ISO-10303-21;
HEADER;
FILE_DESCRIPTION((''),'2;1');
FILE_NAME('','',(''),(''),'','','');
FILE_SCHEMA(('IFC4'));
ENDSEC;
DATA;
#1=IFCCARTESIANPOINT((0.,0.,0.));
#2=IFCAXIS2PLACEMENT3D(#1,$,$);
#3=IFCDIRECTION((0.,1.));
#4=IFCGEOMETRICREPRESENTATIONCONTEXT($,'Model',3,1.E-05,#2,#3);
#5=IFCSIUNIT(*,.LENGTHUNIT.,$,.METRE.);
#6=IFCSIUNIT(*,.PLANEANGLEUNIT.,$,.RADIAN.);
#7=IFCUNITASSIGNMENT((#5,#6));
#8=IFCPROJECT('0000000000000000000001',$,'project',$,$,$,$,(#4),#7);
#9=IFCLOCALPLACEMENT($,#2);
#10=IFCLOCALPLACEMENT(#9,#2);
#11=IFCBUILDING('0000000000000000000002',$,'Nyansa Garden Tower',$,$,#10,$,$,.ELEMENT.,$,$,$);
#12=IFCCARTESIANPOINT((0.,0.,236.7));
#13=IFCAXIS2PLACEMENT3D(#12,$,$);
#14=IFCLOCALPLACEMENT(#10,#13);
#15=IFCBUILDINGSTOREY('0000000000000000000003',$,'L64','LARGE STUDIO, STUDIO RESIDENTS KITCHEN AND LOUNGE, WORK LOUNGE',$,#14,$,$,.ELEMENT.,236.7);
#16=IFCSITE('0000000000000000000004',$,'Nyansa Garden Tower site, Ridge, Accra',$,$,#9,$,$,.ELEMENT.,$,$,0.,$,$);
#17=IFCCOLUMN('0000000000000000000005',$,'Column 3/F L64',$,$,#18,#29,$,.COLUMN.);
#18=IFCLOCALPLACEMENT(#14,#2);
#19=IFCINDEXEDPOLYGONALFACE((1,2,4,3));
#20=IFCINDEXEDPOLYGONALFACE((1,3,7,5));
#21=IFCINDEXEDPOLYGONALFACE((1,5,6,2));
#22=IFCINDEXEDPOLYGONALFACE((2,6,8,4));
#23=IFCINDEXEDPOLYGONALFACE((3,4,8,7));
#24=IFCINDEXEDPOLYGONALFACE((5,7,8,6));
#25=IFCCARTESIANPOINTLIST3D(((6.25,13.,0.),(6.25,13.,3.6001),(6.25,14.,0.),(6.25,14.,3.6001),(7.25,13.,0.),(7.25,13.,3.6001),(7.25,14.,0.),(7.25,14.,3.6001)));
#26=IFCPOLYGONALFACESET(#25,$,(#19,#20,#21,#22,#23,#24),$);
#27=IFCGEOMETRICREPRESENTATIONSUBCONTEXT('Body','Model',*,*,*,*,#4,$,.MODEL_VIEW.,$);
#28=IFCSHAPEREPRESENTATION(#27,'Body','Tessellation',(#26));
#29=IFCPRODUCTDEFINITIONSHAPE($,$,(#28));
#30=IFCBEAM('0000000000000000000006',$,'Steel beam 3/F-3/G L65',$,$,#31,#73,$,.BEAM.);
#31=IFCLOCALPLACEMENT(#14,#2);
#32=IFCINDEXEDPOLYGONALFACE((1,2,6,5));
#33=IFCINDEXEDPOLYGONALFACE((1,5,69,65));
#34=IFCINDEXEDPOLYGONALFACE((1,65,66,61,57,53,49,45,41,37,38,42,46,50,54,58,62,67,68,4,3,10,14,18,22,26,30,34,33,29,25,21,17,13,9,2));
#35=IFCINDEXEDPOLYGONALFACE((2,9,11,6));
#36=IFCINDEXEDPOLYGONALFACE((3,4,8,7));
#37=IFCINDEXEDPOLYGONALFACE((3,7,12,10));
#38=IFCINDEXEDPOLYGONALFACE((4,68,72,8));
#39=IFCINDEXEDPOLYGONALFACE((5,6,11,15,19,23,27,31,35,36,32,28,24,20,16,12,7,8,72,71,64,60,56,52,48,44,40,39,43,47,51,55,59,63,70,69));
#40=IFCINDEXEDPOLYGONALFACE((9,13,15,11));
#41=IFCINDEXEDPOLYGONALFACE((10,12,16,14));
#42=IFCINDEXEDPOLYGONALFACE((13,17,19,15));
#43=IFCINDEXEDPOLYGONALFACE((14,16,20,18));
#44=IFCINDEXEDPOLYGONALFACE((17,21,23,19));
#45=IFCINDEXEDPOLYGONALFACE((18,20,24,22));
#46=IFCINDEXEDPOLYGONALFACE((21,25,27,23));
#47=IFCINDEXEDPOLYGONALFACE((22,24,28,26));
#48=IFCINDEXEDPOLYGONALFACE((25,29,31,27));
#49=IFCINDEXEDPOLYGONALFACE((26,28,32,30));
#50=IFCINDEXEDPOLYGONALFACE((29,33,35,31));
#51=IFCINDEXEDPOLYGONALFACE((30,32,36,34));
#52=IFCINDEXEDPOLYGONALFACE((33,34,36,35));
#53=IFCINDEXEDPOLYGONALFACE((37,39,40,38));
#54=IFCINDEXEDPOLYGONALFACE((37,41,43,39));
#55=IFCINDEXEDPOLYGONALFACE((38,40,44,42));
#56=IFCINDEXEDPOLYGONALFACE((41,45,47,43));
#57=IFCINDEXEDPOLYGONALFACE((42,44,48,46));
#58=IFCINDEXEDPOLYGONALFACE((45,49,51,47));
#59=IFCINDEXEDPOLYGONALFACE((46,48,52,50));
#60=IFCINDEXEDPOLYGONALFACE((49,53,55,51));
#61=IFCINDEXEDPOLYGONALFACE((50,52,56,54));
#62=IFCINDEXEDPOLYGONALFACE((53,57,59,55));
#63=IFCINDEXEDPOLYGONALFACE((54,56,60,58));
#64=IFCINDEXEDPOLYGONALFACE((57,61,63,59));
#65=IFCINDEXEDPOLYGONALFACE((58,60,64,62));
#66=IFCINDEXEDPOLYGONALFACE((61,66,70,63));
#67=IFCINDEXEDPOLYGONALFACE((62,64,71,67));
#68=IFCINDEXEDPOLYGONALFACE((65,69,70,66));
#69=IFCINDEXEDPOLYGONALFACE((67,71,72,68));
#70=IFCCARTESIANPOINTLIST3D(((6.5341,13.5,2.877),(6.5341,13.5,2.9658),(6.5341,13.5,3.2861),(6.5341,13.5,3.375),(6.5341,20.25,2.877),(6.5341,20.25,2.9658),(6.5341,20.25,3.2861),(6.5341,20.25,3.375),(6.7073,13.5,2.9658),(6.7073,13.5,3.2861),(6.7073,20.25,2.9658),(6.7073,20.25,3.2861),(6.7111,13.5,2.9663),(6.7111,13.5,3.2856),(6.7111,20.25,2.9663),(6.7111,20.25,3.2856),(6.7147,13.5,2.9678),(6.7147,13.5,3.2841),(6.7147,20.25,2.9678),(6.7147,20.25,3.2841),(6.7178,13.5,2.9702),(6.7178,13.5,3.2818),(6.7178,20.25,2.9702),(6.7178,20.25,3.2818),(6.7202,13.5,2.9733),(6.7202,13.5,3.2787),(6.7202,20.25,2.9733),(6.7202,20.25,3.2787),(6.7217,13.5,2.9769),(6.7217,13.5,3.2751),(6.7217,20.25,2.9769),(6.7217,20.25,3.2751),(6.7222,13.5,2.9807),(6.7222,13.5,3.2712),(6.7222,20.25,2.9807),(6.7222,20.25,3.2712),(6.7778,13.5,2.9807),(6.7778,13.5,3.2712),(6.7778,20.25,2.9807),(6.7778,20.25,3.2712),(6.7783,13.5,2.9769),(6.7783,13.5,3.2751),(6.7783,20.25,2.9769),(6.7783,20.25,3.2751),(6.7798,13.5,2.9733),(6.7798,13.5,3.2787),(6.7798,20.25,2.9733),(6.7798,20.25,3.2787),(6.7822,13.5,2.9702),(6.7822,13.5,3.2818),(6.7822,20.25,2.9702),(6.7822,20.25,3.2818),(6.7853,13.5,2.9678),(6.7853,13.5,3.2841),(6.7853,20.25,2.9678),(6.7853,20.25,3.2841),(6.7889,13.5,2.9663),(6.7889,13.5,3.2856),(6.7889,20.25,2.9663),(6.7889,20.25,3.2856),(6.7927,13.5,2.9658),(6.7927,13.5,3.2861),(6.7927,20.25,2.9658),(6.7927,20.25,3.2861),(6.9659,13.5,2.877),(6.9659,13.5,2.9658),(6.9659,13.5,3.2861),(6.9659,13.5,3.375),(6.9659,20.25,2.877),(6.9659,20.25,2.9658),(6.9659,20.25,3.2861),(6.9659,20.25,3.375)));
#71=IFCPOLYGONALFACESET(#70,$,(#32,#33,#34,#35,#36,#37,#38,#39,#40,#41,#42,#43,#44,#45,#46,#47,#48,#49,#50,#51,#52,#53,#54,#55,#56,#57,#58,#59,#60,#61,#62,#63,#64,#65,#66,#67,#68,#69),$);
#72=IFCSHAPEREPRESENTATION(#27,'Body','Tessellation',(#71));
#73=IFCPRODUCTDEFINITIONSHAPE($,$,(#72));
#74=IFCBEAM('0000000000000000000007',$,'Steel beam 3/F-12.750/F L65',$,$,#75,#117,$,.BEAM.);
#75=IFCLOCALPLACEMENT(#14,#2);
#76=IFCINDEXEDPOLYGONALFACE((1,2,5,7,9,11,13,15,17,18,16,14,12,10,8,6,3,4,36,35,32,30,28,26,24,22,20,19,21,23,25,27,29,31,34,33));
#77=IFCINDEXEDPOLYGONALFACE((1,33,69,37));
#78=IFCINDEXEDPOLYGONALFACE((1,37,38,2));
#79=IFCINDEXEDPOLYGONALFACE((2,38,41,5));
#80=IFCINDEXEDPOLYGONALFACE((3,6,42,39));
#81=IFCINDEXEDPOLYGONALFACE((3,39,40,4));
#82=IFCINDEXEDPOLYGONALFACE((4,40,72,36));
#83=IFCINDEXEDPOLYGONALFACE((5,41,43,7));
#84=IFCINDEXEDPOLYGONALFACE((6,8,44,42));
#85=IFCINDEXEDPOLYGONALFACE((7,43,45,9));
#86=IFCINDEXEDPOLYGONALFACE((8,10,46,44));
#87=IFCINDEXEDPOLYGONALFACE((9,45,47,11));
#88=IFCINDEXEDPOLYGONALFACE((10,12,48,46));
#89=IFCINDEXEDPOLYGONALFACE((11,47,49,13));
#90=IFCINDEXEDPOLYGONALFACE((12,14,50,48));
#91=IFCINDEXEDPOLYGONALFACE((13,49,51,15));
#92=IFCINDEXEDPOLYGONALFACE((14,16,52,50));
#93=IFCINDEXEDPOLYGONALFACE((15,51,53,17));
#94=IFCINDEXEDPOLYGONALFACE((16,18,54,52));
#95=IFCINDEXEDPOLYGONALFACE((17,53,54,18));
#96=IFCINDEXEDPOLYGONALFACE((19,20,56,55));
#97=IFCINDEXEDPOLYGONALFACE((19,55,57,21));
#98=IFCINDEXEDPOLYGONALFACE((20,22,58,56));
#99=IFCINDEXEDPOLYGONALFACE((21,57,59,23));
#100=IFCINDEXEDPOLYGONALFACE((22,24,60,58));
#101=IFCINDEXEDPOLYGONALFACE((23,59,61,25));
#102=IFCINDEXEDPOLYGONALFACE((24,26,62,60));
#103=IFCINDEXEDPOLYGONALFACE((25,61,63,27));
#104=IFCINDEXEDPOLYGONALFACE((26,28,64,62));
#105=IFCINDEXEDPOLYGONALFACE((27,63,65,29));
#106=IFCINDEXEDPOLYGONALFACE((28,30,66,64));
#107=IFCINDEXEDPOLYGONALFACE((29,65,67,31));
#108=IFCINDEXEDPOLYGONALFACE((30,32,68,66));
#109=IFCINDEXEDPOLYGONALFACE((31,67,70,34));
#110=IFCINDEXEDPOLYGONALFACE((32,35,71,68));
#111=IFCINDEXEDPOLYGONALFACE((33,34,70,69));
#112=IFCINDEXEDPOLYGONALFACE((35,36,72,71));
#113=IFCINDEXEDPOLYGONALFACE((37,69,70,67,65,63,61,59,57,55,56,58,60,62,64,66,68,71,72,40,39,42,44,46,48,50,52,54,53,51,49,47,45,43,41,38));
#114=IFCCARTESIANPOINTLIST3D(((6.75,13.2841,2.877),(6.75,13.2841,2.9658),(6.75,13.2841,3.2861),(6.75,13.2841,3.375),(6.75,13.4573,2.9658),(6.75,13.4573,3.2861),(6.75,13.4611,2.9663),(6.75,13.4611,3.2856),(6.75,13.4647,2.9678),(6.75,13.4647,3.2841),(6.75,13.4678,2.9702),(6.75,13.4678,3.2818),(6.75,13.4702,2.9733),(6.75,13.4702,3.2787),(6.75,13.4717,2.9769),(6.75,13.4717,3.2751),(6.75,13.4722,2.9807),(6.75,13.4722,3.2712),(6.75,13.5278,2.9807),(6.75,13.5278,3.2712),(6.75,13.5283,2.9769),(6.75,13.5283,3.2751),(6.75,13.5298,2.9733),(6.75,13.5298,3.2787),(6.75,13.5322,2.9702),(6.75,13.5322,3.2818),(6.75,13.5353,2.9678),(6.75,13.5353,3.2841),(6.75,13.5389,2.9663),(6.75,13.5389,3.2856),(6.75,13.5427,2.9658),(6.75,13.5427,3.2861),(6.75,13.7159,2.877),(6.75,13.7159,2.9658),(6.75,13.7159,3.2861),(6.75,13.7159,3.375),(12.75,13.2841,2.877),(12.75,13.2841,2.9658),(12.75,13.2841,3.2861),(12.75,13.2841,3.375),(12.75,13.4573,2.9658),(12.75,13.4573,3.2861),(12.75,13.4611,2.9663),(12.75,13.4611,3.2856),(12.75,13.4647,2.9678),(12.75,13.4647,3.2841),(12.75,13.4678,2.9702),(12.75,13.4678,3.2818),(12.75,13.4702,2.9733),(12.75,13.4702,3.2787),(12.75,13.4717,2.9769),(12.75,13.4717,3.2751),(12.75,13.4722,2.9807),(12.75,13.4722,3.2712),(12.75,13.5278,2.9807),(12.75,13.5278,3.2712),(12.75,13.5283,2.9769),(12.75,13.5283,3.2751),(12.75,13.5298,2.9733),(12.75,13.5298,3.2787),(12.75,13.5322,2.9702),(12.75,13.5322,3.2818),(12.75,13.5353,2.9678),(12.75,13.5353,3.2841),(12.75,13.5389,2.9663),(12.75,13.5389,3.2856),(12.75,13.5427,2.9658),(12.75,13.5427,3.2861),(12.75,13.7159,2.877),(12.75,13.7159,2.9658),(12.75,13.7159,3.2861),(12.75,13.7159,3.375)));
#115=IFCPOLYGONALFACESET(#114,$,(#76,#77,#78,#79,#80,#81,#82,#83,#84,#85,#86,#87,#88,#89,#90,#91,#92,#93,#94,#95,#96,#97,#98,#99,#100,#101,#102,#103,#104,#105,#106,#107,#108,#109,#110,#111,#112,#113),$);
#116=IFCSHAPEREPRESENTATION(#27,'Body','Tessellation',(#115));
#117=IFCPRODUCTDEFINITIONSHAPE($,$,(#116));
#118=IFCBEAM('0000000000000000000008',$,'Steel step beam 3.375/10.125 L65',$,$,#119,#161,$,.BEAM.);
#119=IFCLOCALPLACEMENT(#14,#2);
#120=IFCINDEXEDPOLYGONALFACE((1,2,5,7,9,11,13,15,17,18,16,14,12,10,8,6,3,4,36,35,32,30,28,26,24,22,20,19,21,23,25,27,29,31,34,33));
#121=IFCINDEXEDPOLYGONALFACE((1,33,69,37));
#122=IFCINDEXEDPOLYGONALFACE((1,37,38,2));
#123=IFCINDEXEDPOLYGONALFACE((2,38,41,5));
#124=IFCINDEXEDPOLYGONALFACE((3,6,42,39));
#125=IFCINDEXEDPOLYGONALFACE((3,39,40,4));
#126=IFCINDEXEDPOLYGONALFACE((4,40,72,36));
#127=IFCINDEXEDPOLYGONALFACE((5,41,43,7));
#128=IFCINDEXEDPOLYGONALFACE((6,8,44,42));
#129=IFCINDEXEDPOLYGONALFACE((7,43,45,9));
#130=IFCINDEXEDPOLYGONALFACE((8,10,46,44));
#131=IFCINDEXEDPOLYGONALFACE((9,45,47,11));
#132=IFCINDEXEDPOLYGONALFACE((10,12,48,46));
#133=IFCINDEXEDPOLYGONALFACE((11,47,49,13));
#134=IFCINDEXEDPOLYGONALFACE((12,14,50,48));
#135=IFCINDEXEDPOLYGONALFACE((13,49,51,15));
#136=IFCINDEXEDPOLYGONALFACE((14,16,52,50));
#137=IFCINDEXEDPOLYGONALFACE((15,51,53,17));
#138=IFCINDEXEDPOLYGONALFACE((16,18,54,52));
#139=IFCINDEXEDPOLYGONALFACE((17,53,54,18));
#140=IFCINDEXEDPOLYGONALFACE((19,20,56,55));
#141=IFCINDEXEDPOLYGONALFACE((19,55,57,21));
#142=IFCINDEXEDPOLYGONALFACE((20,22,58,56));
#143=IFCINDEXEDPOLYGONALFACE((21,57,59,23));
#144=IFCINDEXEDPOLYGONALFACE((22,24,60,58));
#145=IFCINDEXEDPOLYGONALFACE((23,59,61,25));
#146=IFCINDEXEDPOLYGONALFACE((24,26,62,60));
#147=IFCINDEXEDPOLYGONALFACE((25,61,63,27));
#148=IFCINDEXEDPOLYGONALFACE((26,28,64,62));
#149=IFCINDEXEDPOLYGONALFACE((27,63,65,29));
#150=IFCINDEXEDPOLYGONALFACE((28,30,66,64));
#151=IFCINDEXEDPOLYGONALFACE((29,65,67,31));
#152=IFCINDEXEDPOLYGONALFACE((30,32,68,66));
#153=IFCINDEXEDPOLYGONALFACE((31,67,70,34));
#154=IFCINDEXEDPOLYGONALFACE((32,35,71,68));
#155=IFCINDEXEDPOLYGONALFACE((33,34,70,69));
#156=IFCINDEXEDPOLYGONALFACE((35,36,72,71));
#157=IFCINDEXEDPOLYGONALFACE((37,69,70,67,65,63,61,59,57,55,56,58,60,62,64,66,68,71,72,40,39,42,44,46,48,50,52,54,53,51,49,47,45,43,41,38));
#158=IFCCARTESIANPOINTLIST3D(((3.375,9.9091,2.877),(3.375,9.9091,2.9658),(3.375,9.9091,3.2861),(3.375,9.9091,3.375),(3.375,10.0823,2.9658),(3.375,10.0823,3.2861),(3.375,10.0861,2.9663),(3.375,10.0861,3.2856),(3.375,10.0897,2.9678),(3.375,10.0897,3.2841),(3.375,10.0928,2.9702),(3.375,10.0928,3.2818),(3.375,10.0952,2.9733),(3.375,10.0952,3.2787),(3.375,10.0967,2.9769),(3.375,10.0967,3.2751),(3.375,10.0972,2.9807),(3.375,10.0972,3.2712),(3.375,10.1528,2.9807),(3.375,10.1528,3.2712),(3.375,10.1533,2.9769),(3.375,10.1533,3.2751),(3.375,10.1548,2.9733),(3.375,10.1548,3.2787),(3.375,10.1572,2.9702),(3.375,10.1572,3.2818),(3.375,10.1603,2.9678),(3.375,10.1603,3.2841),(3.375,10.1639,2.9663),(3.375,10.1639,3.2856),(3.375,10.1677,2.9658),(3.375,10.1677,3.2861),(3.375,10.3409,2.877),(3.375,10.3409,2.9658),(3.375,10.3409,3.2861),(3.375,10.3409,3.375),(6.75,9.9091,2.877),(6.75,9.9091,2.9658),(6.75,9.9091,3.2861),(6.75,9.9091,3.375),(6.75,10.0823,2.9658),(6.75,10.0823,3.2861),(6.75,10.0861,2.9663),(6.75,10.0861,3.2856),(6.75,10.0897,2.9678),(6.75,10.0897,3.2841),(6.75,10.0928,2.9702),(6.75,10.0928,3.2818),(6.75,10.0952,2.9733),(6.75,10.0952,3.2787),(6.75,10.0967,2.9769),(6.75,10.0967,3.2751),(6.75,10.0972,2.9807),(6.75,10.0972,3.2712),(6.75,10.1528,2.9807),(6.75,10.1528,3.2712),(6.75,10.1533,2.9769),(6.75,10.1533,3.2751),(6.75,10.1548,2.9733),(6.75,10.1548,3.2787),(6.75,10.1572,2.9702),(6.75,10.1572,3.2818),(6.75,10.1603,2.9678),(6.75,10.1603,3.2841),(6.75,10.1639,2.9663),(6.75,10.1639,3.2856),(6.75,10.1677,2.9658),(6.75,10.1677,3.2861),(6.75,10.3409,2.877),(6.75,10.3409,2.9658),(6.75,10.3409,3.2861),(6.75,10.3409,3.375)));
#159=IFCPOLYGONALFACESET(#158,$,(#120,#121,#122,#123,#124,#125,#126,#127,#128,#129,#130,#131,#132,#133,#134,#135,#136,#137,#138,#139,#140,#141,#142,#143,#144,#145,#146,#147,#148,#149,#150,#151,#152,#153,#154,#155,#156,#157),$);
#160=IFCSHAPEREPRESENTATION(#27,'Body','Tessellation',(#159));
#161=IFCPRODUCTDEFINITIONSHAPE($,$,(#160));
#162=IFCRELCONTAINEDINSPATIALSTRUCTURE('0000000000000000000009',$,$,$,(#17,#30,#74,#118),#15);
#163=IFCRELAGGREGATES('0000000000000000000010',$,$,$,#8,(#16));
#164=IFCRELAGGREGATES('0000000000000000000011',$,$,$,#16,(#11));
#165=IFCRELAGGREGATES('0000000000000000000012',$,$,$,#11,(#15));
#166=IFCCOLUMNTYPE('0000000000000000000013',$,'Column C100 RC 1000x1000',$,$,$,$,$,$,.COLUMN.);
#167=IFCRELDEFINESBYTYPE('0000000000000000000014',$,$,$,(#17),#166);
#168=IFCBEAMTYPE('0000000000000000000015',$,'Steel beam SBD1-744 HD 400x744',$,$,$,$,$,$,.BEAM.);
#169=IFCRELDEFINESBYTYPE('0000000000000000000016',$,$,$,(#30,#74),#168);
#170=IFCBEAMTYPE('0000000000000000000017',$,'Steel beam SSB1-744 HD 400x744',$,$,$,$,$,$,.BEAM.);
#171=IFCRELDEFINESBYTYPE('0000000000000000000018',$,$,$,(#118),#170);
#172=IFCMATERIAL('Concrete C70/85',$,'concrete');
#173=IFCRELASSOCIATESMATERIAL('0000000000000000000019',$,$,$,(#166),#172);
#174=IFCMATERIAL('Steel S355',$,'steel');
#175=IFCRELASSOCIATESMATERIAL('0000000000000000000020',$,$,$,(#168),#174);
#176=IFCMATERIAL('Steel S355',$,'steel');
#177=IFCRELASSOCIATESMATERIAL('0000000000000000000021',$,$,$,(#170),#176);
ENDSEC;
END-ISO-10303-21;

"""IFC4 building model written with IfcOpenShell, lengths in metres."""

from ifc_helpers import new_model, si_unit, direction, frame, origin, origin_2d, place, context, subcontext, project, spatial, rectangle, i_section, extrude, material, material_profile, profile_set, type_object, element, save


model = new_model("IFC4")

# Units and contexts
model_context = context("Model", 3, precision=1e-05, world=origin(), true_north=direction((0.0, 1.0)))
body_context = subcontext(model_context, "Body", "Model", "MODEL_VIEW")
ifc_project = project(units=[si_unit("LENGTHUNIT", "METRE"), si_unit("PLANEANGLEUNIT", "RADIAN")], contexts=[model_context])

# Site, building, storey
site_placement = place(None, origin())
site = spatial("IfcSite", under=ifc_project, at=site_placement, Name="Nyansa Garden Tower site, Ridge, Accra", CompositionType="ELEMENT", RefElevation=0.0)
building_placement = place(site_placement, origin())
building = spatial("IfcBuilding", under=site, at=building_placement, Name="Nyansa Garden Tower", CompositionType="ELEMENT")
storey_placement = place(building_placement, frame((0.0, 0.0, 236.7)))
storey = spatial("IfcBuildingStorey", under=building, at=storey_placement, Name="L64", Description="LARGE STUDIO, STUDIO RESIDENTS KITCHEN AND LOUNGE, WORK LOUNGE", CompositionType="ELEMENT", Elevation=236.7)

# Column
ifc_material_1 = material(Name="Concrete C70/85", Category="concrete")
ifc_material_profile_1 = material_profile(ifc_material_1, rectangle(XDim=1.0, YDim=1.0, at=origin_2d()), Name="RC 1000x1000")
ifc_profile_set_1 = profile_set([ifc_material_profile_1], Name="Concrete C70/85")
column_type = type_object("IfcColumnType", Name="Column C100 RC 1000x1000", PredefinedType="COLUMN", material=ifc_profile_set_1)
column_placement = place(storey_placement, frame((6.75, 13.5, 0.0), z_axis=(0.0, 0.0, 1.0), x_axis=(1.0, 0.0, 0.0)))
element("IfcColumn", 1, at=column_placement, inside=storey, type_object=column_type, Name="Column 3/F L64", PredefinedType="COLUMN", context=body_context, shape_type="SweptSolid", body=[
    extrude(rectangle(XDim=1.0, YDim=1.0, at=origin_2d()), origin(), (0.0, 0.0, 1.0), 3.6001),
])

# Beams
ifc_material_2 = material(Name="Steel S355", Category="steel")
ifc_material_profile_2 = material_profile(ifc_material_2, i_section(OverallWidth=0.4319, OverallDepth=0.498, WebThickness=0.0557, FlangeThickness=0.0889, FilletRadius=0.0149, at=origin_2d()), Name="HD 400x744")
ifc_profile_set_2 = profile_set([ifc_material_profile_2], Name="Steel S355")
beam_type_1 = type_object("IfcBeamType", Name="Steel beam SBD1-744 HD 400x744", PredefinedType="BEAM", material=ifc_profile_set_2)
beam_1_placement = place(storey_placement, frame((6.75, 13.5, 3.126), z_axis=(0.0, 1.0, 0.0), x_axis=(-1.0, 0.0, 0.0)))
element("IfcBeam", 2, at=beam_1_placement, inside=storey, type_object=beam_type_1, Name="Steel beam 3/F-3/G L65", PredefinedType="BEAM", context=body_context, shape_type="SweptSolid", body=[
    extrude(i_section(OverallWidth=0.4319, OverallDepth=0.498, WebThickness=0.0557, FlangeThickness=0.0889, FilletRadius=0.0149, at=origin_2d()), origin(), (0.0, 0.0, 1.0), 6.75),
])
beam_2_placement = place(storey_placement, frame((6.75, 13.5, 3.126), z_axis=(1.0, 0.0, 0.0), x_axis=(0.0, 1.0, 0.0)))
element("IfcBeam", 3, at=beam_2_placement, inside=storey, type_object=beam_type_1, Name="Steel beam 3/F-12.750/F L65", PredefinedType="BEAM", context=body_context, shape_type="SweptSolid", body=[
    extrude(i_section(OverallWidth=0.4319, OverallDepth=0.498, WebThickness=0.0557, FlangeThickness=0.0889, FilletRadius=0.0149, at=origin_2d()), origin(), (0.0, 0.0, 1.0), 6.0),
])
ifc_material_3 = material(Name="Steel S355", Category="steel")
ifc_material_profile_3 = material_profile(ifc_material_3, i_section(OverallWidth=0.4319, OverallDepth=0.498, WebThickness=0.0557, FlangeThickness=0.0889, FilletRadius=0.0149, at=origin_2d()), Name="HD 400x744")
ifc_profile_set_3 = profile_set([ifc_material_profile_3], Name="Steel S355")
beam_type_2 = type_object("IfcBeamType", Name="Steel beam SSB1-744 HD 400x744", PredefinedType="BEAM", material=ifc_profile_set_3)
beam_3_placement = place(storey_placement, frame((3.375, 10.125, 3.126), z_axis=(1.0, 0.0, 0.0), x_axis=(0.0, 1.0, 0.0)))
element("IfcBeam", 4, at=beam_3_placement, inside=storey, type_object=beam_type_2, Name="Steel step beam 3.375/10.125 L65", PredefinedType="BEAM", context=body_context, shape_type="SweptSolid", body=[
    extrude(i_section(OverallWidth=0.4319, OverallDepth=0.498, WebThickness=0.0557, FlangeThickness=0.0889, FilletRadius=0.0149, at=origin_2d()), origin(), (0.0, 0.0, 1.0), 3.375),
])

save(model, "model.ifc")
